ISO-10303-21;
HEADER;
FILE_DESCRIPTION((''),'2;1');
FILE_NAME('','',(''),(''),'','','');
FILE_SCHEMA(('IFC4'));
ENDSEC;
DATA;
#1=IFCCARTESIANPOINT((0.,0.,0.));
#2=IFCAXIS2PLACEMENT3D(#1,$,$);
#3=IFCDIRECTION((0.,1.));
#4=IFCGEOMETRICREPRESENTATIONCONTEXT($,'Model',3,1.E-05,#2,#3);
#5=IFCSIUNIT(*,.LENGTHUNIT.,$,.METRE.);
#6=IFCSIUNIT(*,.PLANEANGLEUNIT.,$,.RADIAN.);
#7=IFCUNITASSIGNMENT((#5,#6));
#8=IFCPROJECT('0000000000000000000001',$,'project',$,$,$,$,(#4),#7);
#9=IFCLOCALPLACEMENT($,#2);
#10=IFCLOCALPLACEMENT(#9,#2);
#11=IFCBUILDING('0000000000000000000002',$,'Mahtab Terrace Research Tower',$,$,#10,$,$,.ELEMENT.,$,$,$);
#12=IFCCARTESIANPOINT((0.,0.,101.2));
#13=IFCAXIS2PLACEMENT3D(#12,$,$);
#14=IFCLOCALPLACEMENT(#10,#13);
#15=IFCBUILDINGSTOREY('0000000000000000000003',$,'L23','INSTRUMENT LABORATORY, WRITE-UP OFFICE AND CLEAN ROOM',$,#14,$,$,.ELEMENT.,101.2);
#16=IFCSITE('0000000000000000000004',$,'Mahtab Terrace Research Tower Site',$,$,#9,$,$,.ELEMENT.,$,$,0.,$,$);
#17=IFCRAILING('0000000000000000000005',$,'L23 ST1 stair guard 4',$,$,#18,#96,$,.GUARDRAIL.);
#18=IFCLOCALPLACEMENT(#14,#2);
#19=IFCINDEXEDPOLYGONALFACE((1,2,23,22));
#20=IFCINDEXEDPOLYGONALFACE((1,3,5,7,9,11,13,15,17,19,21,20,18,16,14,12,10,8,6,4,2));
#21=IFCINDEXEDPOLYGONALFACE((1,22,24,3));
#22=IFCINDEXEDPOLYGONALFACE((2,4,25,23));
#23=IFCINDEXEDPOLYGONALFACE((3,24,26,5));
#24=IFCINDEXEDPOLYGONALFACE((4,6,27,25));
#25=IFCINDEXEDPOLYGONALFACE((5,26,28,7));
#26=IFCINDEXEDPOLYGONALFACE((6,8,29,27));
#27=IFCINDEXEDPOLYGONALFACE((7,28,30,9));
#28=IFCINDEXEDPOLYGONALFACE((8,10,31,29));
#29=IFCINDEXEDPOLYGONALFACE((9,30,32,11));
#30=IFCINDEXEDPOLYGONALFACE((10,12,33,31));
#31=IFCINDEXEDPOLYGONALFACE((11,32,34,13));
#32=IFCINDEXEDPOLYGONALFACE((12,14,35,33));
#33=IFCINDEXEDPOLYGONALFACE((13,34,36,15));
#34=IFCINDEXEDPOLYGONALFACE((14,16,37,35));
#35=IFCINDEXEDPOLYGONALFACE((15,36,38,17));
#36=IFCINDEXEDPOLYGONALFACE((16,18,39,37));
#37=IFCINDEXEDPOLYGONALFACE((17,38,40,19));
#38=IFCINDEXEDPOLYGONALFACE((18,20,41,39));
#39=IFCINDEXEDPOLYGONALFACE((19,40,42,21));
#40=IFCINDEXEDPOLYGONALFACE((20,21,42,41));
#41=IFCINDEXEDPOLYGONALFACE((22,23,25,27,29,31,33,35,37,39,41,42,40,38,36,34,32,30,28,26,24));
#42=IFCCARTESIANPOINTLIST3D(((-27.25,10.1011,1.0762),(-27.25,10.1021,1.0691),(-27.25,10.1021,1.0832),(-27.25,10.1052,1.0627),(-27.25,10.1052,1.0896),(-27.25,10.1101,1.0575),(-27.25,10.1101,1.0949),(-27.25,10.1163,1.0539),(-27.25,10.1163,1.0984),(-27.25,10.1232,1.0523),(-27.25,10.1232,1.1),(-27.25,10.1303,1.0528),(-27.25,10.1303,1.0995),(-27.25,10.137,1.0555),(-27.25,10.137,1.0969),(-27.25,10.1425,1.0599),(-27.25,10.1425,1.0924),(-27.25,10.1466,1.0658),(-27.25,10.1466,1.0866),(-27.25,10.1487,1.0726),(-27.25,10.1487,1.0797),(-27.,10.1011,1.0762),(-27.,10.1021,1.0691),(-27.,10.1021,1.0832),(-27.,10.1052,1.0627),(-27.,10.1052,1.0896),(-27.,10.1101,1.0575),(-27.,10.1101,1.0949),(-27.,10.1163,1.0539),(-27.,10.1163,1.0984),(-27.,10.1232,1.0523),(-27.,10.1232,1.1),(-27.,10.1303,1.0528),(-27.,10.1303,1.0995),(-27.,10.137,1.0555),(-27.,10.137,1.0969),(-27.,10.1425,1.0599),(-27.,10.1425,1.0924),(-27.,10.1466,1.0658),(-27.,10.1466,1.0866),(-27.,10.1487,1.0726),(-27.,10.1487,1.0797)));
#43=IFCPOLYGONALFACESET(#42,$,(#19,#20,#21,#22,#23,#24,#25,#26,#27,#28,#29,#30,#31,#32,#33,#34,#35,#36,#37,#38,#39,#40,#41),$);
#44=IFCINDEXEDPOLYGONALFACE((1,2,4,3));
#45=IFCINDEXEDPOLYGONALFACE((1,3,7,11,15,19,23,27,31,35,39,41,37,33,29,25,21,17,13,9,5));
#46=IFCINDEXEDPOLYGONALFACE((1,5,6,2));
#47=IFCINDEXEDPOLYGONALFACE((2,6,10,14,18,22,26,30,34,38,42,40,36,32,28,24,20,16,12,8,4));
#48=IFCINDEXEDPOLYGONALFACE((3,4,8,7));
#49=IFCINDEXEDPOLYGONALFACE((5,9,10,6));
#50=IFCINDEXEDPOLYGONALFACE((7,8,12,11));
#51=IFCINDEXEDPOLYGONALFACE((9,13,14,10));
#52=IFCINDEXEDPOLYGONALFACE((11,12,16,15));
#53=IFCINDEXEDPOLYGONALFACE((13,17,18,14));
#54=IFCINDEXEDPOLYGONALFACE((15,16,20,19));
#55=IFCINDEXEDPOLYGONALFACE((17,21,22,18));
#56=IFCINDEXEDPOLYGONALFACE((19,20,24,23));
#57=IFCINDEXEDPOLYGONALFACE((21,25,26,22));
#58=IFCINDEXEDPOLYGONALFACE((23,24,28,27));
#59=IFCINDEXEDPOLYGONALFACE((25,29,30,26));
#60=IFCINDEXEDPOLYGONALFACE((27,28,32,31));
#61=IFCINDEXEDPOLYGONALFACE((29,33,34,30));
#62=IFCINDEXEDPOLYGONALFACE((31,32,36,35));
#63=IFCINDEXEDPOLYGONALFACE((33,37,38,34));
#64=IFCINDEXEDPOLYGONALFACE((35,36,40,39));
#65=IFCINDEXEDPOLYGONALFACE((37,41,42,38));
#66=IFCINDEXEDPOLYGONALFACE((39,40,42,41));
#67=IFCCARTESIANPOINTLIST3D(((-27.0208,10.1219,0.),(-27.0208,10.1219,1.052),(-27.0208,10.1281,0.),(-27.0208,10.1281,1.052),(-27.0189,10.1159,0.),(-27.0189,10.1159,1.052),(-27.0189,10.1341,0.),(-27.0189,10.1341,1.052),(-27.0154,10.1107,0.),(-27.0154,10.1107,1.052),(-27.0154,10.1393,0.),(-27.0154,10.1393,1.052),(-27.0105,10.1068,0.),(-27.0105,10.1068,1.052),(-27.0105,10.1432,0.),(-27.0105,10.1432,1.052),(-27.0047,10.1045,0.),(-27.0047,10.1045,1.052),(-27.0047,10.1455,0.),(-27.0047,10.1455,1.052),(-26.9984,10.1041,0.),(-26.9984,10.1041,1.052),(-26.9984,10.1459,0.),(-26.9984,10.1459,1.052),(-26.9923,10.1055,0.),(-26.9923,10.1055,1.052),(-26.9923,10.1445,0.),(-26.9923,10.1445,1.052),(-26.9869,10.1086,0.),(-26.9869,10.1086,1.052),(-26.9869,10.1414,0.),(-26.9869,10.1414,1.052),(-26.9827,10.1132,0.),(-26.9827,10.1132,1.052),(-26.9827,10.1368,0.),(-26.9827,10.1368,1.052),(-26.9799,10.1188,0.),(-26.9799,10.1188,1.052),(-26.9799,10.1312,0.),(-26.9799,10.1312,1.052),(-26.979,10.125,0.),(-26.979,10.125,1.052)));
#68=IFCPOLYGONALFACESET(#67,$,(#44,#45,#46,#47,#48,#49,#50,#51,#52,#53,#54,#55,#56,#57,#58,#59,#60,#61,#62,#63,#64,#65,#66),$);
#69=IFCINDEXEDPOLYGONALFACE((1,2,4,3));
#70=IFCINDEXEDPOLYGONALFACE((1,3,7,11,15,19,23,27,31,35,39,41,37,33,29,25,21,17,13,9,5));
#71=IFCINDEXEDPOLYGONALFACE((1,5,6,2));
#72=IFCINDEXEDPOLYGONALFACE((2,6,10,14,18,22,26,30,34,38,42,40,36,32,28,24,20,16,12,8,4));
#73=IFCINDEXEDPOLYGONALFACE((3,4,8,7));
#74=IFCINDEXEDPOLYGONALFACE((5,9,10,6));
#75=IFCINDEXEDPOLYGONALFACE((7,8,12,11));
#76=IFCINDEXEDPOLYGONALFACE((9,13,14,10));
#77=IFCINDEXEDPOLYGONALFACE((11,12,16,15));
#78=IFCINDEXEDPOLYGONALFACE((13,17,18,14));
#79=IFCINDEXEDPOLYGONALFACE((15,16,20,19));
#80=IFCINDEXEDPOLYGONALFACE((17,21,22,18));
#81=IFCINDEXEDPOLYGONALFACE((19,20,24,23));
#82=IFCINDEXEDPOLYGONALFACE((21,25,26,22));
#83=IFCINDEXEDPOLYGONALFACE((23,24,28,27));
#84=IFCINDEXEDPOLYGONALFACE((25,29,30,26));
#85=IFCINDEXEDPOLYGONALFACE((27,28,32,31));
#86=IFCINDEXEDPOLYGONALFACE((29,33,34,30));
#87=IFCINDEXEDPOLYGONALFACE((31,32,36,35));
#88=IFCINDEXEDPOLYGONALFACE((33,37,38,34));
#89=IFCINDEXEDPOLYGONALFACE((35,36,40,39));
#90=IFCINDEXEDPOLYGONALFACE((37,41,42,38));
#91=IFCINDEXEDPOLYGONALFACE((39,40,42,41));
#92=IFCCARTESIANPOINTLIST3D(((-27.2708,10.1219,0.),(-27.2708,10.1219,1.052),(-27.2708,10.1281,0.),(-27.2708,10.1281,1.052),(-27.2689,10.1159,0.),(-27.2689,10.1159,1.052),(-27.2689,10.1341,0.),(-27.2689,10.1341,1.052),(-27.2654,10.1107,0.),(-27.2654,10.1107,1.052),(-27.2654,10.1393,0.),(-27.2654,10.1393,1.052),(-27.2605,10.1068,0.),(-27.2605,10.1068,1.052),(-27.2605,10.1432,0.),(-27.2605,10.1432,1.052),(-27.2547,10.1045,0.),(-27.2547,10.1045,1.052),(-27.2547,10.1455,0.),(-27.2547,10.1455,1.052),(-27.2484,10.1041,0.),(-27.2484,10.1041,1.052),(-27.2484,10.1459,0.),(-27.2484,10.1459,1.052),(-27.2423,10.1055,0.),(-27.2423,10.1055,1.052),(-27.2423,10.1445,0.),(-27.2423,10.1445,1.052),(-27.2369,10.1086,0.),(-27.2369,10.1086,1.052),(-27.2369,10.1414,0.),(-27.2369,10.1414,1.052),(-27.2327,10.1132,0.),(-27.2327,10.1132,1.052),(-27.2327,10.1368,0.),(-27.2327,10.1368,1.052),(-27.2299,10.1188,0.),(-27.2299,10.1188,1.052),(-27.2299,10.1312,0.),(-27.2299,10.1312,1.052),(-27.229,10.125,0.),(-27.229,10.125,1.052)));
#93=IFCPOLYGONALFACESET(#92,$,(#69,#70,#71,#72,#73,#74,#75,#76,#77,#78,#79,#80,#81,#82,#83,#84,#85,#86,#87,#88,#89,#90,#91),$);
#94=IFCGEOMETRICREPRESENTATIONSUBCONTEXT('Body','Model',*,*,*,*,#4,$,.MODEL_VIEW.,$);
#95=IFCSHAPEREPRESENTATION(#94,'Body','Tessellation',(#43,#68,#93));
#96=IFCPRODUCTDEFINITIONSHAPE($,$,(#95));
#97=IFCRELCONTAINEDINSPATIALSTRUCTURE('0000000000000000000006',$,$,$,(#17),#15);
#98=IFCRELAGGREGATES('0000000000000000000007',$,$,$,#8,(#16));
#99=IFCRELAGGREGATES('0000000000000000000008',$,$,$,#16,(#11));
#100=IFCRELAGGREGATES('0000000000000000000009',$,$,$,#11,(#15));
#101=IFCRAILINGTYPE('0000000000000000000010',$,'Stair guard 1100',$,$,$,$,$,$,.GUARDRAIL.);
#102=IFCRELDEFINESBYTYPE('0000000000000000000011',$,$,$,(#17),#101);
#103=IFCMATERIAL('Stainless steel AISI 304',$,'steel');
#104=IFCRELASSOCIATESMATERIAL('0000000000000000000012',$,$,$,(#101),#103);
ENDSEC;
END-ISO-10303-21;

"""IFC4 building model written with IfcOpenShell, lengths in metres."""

from ifc_helpers import new_model, si_unit, direction, frame, origin, origin_2d, place, context, subcontext, project, spatial, circle, extrude, material, type_object, element, save


model = new_model("IFC4")

# Units and contexts
model_context = context("Model", 3, precision=1e-05, world=origin(), true_north=direction((0.0, 1.0)))
body_context = subcontext(model_context, "Body", "Model", "MODEL_VIEW")
ifc_project = project(units=[si_unit("LENGTHUNIT", "METRE"), si_unit("PLANEANGLEUNIT", "RADIAN")], contexts=[model_context])

# Site, building, storey
site_placement = place(None, origin())
site = spatial("IfcSite", under=ifc_project, at=site_placement, Name="Mahtab Terrace Research Tower Site", CompositionType="ELEMENT", RefElevation=0.0)
building_placement = place(site_placement, origin())
building = spatial("IfcBuilding", under=site, at=building_placement, Name="Mahtab Terrace Research Tower", CompositionType="ELEMENT")
storey_placement = place(building_placement, frame((0.0, 0.0, 101.2)))
storey = spatial("IfcBuildingStorey", under=building, at=storey_placement, Name="L23", Description="INSTRUMENT LABORATORY, WRITE-UP OFFICE AND CLEAN ROOM", CompositionType="ELEMENT", Elevation=101.2)

# Railing
ifc_material_1 = material(Name="Stainless steel AISI 304", Category="steel")
railing_type_1 = type_object("IfcRailingType", Name="Stair guard 1100", PredefinedType="GUARDRAIL", material=ifc_material_1)
railing_1_placement = place(storey_placement, frame((-27.0, 10.125, 0.0)))
element("IfcRailing", 1, at=railing_1_placement, inside=storey, type_object=railing_type_1, Name="L23 ST1 stair guard 4", PredefinedType="GUARDRAIL", context=body_context, shape_type="SweptSolid", body=[
    extrude(circle(Radius=0.0239, at=origin_2d()), frame((0.0, 0.0, 1.0762), z_axis=(-1.0, 0.0, 0.0), x_axis=(0.0, -1.0, 0.0)), (0.0, 0.0, 1.0), 0.25),
    extrude(circle(Radius=0.021, at=origin_2d()), origin(), (0.0, 0.0, 1.0), 1.052),
    extrude(circle(Radius=0.021, at=origin_2d()), frame((-0.25, 0.0, 0.0)), (0.0, 0.0, 1.0), 1.052),
])

save(model, "model.ifc")
